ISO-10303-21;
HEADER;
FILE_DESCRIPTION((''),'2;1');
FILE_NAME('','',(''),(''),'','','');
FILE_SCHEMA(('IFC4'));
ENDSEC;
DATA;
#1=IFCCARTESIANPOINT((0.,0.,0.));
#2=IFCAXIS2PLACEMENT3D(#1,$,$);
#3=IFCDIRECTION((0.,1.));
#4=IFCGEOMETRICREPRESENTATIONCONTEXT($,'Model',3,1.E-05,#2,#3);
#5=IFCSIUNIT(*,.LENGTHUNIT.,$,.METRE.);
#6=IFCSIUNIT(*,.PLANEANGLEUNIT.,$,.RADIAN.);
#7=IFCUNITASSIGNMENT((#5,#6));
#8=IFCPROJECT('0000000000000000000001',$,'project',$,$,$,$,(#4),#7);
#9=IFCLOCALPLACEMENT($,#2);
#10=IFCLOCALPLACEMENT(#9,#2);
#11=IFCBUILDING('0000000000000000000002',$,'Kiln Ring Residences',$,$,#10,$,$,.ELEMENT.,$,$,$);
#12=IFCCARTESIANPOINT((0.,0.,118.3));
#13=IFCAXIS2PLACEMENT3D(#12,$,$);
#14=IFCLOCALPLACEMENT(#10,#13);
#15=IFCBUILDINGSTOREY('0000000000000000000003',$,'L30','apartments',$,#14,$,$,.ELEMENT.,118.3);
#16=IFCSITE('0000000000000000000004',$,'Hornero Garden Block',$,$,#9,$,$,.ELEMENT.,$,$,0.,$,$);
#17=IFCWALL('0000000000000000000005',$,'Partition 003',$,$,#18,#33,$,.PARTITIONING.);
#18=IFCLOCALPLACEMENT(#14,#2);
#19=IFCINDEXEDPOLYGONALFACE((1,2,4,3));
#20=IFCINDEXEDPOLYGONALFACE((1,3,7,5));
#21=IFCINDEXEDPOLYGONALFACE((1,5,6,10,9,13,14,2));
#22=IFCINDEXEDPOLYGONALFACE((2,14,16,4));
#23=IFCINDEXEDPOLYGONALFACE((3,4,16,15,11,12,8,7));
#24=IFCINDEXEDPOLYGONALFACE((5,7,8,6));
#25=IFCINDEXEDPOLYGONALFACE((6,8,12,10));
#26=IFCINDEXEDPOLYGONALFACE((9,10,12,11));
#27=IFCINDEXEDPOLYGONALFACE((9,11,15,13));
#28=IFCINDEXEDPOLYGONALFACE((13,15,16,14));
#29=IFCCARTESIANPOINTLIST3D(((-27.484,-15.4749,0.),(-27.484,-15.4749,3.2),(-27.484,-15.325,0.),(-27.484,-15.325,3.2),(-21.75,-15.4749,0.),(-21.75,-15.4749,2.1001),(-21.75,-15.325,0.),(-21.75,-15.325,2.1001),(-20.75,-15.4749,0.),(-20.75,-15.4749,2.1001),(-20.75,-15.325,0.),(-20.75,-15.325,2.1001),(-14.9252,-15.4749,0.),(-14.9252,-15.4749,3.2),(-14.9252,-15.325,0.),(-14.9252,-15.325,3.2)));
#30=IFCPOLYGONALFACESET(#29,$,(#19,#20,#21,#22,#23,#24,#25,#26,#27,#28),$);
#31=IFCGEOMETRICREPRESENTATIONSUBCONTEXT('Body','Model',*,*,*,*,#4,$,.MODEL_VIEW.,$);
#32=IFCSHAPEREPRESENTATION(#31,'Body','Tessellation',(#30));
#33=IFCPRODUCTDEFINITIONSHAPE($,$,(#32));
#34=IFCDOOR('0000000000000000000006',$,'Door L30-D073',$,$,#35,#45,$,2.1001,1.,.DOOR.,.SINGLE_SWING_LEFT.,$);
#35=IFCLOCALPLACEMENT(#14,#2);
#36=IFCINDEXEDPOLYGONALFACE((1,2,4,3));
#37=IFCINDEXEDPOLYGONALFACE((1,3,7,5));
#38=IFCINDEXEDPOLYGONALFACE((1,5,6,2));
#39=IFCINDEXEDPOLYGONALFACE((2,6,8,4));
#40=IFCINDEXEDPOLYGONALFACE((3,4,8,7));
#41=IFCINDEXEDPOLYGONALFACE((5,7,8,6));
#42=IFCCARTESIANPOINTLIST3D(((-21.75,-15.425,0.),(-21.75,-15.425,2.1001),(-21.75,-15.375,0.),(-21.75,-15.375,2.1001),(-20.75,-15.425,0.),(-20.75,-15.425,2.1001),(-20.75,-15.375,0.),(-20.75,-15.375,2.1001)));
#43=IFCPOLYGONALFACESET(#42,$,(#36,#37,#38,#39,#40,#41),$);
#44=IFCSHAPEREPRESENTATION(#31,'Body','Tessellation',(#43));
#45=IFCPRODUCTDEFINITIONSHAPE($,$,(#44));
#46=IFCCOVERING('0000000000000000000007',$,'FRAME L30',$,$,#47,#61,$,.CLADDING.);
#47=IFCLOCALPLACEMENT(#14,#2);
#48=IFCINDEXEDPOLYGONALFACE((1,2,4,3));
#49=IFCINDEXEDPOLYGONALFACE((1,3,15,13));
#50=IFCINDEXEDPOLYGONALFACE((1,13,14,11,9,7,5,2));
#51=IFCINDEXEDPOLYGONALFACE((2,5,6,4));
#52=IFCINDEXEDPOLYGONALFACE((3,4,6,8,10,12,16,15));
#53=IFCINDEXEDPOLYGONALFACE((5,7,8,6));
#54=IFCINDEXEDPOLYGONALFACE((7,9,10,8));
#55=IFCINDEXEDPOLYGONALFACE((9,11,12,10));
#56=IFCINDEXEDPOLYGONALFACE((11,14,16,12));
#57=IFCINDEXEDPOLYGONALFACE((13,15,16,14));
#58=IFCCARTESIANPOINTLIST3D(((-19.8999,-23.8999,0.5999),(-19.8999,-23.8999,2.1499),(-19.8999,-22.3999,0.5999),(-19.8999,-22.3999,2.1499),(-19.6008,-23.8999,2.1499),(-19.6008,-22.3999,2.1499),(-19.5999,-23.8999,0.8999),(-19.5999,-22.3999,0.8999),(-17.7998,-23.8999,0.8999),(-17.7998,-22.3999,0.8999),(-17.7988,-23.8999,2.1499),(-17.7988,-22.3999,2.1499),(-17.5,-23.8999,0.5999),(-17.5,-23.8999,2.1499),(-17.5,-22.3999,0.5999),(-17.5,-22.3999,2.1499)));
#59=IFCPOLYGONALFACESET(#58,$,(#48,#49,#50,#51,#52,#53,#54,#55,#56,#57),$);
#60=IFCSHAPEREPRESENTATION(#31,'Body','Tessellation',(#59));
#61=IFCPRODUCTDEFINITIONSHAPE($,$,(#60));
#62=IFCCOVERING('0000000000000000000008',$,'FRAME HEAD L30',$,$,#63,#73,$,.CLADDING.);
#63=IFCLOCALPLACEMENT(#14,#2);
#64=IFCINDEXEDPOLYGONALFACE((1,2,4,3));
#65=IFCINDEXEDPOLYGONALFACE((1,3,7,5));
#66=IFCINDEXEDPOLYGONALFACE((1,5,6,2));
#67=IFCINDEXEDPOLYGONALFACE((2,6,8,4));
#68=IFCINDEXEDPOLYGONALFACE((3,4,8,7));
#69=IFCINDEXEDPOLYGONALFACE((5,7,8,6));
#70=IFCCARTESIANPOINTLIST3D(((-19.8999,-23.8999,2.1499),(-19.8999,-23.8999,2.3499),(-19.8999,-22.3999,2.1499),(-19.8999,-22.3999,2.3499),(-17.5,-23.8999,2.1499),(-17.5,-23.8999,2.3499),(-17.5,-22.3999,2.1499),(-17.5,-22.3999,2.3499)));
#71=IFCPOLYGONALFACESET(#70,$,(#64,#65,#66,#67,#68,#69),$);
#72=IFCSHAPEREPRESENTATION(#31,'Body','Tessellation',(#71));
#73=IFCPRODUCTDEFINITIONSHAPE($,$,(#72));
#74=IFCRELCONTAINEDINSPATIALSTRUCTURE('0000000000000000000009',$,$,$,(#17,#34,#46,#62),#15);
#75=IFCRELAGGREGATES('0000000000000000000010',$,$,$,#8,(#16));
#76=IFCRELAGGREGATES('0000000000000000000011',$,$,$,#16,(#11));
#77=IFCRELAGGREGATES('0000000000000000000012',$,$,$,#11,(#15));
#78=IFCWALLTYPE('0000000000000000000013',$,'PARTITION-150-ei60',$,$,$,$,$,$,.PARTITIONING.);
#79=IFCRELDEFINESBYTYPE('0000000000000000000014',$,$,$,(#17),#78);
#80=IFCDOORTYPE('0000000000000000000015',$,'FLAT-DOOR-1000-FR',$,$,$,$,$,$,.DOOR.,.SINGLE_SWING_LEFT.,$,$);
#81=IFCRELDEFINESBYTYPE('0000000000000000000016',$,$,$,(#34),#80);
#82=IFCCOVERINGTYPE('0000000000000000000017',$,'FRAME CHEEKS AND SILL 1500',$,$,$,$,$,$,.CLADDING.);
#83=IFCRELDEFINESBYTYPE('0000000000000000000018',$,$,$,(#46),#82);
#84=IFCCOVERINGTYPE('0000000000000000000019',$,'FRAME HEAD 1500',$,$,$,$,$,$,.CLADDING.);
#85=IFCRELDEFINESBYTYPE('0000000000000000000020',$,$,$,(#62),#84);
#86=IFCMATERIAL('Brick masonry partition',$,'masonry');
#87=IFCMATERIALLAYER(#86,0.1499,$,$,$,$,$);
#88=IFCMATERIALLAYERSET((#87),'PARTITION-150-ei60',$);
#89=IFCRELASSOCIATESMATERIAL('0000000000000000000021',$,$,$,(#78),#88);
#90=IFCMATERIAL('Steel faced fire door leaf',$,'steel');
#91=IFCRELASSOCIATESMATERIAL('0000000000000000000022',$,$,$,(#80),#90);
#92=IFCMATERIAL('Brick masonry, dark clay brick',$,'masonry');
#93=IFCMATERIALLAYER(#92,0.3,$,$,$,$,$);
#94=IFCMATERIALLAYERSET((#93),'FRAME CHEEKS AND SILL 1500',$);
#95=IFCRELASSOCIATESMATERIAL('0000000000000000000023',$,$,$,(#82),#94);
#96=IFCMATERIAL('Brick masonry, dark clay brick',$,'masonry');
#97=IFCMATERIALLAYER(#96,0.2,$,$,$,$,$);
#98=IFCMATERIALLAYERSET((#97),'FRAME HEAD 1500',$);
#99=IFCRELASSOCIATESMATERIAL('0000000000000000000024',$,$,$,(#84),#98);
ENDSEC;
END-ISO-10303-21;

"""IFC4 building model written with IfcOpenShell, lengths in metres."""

from ifc_helpers import new_model, si_unit, direction, frame, frame_2d, origin, origin_2d, place, context, subcontext, project, spatial, polyline, rectangle, outline, extrude, material, layer, layer_set, type_object, element, fill, save


model = new_model("IFC4")

# Units and contexts
model_context = context("Model", 3, precision=1e-05, world=origin(), true_north=direction((0.0, 1.0)))
body_context = subcontext(model_context, "Body", "Model", "MODEL_VIEW")
ifc_project = project(units=[si_unit("LENGTHUNIT", "METRE"), si_unit("PLANEANGLEUNIT", "RADIAN")], contexts=[model_context])

# Site, building, storey
site_placement = place(None, origin())
site = spatial("IfcSite", under=ifc_project, at=site_placement, Name="Hornero Garden Block", CompositionType="ELEMENT", RefElevation=0.0)
building_placement = place(site_placement, origin())
building = spatial("IfcBuilding", under=site, at=building_placement, Name="Kiln Ring Residences", CompositionType="ELEMENT")
storey_placement = place(building_placement, frame((0.0, 0.0, 118.3)))
storey = spatial("IfcBuildingStorey", under=building, at=storey_placement, Name="L30", Description="apartments", CompositionType="ELEMENT", Elevation=118.3)

# Wall, opening, door
ifc_material_1 = material(Name="Brick masonry partition", Category="masonry")
ifc_layer_1 = layer(ifc_material_1, 0.1499)
ifc_layer_set_1 = layer_set([ifc_layer_1], Name="PARTITION-150-ei60")
wall_type_1 = type_object("IfcWallType", Name="PARTITION-150-ei60", PredefinedType="PARTITIONING", material=ifc_layer_set_1)
wall_1_placement = place(storey_placement, frame((-27.4839, -15.3999, 0.0), z_axis=(0.0, 0.0, 1.0), x_axis=(1.0, 0.0, 0.0)))
wall_1 = element("IfcWall", 1, at=wall_1_placement, inside=storey, type_object=wall_type_1, Name="Partition 003", PredefinedType="PARTITIONING", context=body_context, shape_type="SweptSolid", body=[
    extrude(rectangle(XDim=12.5588, YDim=0.1499, at=frame_2d((6.2793, 0.0))), origin(), (0.0, 0.0, 1.0), 3.2),
])
opening_1_placement = place(wall_1_placement, frame((5.7339, 0.0, 0.0)))
opening_1 = element("IfcOpeningElement", 2, at=opening_1_placement, cuts=wall_1, PredefinedType="OPENING", context=body_context, shape_type="SweptSolid", body=[
    extrude(rectangle(XDim=1.0, YDim=2.1001, at=frame_2d((0.5, 1.05))), frame((0.0, 0.085, 0.0), z_axis=(0.0, -1.0, 0.0), x_axis=(1.0, 0.0, 0.0)), (0.0, 0.0, 1.0), 0.1699),
])
ifc_material_2 = material(Name="Steel faced fire door leaf", Category="steel")
door_type_1 = type_object("IfcDoorType", Name="FLAT-DOOR-1000-FR", OperationType="SINGLE_SWING_LEFT", PredefinedType="DOOR", material=ifc_material_2)
door_1_placement = place(opening_1_placement, origin())
door_1 = element("IfcDoor", 3, at=door_1_placement, inside=storey, type_object=door_type_1, Name="Door L30-D073", OperationType="SINGLE_SWING_LEFT", OverallHeight=2.1001, OverallWidth=1.0, PredefinedType="DOOR", context=body_context, shape_type="SweptSolid", body=[
    extrude(rectangle(XDim=1.0, YDim=2.1001, at=frame_2d((0.5, 1.05))), frame((0.0, 0.0249, 0.0), z_axis=(0.0, -1.0, 0.0), x_axis=(1.0, 0.0, 0.0)), (0.0, 0.0, 1.0), 0.05),
])
fill(opening_1, door_1)

# Coverings
ifc_material_3 = material(Name="Brick masonry, dark clay brick", Category="masonry")
ifc_layer_2 = layer(ifc_material_3, 0.3)
ifc_layer_set_2 = layer_set([ifc_layer_2], Name="FRAME CHEEKS AND SILL 1500")
covering_type_1 = type_object("IfcCoveringType", Name="FRAME CHEEKS AND SILL 1500", PredefinedType="CLADDING", material=ifc_layer_set_2)
covering_1_placement = place(storey_placement, frame((-19.8999, -23.1499, 0.5999), z_axis=(0.0, 0.0, 1.0), x_axis=(1.0, 0.0, 0.0)))
element("IfcCovering", 4, at=covering_1_placement, inside=storey, type_object=covering_type_1, Name="FRAME L30", PredefinedType="CLADDING", context=body_context, shape_type="SweptSolid", body=[
    extrude(outline(polyline([(0.0, 0.0), (2.3999, 0.0), (2.3999, 1.55), (2.1011, 1.55), (2.1001, 0.3), (0.3, 0.3), (0.2991, 1.55), (0.0, 1.55), (0.0, 0.0)])), frame((0.0, 0.75, 0.0), z_axis=(0.0, -1.0, 0.0), x_axis=(1.0, 0.0, 0.0)), (0.0, 0.0, 1.0), 1.5),
])
ifc_material_4 = material(Name="Brick masonry, dark clay brick", Category="masonry")
ifc_layer_3 = layer(ifc_material_4, 0.2)
ifc_layer_set_3 = layer_set([ifc_layer_3], Name="FRAME HEAD 1500")
covering_type_2 = type_object("IfcCoveringType", Name="FRAME HEAD 1500", PredefinedType="CLADDING", material=ifc_layer_set_3)
covering_2_placement = place(storey_placement, frame((-18.7, -23.1499, 2.1499), z_axis=(0.0, 0.0, 1.0), x_axis=(1.0, 0.0, 0.0)))
element("IfcCovering", 5, at=covering_2_placement, inside=storey, type_object=covering_type_2, Name="FRAME HEAD L30", PredefinedType="CLADDING", context=body_context, shape_type="SweptSolid", body=[
    extrude(rectangle(XDim=2.3999, YDim=1.5, at=origin_2d()), origin(), (0.0, 0.0, 1.0), 0.2),
])

save(model, "model.ifc")
